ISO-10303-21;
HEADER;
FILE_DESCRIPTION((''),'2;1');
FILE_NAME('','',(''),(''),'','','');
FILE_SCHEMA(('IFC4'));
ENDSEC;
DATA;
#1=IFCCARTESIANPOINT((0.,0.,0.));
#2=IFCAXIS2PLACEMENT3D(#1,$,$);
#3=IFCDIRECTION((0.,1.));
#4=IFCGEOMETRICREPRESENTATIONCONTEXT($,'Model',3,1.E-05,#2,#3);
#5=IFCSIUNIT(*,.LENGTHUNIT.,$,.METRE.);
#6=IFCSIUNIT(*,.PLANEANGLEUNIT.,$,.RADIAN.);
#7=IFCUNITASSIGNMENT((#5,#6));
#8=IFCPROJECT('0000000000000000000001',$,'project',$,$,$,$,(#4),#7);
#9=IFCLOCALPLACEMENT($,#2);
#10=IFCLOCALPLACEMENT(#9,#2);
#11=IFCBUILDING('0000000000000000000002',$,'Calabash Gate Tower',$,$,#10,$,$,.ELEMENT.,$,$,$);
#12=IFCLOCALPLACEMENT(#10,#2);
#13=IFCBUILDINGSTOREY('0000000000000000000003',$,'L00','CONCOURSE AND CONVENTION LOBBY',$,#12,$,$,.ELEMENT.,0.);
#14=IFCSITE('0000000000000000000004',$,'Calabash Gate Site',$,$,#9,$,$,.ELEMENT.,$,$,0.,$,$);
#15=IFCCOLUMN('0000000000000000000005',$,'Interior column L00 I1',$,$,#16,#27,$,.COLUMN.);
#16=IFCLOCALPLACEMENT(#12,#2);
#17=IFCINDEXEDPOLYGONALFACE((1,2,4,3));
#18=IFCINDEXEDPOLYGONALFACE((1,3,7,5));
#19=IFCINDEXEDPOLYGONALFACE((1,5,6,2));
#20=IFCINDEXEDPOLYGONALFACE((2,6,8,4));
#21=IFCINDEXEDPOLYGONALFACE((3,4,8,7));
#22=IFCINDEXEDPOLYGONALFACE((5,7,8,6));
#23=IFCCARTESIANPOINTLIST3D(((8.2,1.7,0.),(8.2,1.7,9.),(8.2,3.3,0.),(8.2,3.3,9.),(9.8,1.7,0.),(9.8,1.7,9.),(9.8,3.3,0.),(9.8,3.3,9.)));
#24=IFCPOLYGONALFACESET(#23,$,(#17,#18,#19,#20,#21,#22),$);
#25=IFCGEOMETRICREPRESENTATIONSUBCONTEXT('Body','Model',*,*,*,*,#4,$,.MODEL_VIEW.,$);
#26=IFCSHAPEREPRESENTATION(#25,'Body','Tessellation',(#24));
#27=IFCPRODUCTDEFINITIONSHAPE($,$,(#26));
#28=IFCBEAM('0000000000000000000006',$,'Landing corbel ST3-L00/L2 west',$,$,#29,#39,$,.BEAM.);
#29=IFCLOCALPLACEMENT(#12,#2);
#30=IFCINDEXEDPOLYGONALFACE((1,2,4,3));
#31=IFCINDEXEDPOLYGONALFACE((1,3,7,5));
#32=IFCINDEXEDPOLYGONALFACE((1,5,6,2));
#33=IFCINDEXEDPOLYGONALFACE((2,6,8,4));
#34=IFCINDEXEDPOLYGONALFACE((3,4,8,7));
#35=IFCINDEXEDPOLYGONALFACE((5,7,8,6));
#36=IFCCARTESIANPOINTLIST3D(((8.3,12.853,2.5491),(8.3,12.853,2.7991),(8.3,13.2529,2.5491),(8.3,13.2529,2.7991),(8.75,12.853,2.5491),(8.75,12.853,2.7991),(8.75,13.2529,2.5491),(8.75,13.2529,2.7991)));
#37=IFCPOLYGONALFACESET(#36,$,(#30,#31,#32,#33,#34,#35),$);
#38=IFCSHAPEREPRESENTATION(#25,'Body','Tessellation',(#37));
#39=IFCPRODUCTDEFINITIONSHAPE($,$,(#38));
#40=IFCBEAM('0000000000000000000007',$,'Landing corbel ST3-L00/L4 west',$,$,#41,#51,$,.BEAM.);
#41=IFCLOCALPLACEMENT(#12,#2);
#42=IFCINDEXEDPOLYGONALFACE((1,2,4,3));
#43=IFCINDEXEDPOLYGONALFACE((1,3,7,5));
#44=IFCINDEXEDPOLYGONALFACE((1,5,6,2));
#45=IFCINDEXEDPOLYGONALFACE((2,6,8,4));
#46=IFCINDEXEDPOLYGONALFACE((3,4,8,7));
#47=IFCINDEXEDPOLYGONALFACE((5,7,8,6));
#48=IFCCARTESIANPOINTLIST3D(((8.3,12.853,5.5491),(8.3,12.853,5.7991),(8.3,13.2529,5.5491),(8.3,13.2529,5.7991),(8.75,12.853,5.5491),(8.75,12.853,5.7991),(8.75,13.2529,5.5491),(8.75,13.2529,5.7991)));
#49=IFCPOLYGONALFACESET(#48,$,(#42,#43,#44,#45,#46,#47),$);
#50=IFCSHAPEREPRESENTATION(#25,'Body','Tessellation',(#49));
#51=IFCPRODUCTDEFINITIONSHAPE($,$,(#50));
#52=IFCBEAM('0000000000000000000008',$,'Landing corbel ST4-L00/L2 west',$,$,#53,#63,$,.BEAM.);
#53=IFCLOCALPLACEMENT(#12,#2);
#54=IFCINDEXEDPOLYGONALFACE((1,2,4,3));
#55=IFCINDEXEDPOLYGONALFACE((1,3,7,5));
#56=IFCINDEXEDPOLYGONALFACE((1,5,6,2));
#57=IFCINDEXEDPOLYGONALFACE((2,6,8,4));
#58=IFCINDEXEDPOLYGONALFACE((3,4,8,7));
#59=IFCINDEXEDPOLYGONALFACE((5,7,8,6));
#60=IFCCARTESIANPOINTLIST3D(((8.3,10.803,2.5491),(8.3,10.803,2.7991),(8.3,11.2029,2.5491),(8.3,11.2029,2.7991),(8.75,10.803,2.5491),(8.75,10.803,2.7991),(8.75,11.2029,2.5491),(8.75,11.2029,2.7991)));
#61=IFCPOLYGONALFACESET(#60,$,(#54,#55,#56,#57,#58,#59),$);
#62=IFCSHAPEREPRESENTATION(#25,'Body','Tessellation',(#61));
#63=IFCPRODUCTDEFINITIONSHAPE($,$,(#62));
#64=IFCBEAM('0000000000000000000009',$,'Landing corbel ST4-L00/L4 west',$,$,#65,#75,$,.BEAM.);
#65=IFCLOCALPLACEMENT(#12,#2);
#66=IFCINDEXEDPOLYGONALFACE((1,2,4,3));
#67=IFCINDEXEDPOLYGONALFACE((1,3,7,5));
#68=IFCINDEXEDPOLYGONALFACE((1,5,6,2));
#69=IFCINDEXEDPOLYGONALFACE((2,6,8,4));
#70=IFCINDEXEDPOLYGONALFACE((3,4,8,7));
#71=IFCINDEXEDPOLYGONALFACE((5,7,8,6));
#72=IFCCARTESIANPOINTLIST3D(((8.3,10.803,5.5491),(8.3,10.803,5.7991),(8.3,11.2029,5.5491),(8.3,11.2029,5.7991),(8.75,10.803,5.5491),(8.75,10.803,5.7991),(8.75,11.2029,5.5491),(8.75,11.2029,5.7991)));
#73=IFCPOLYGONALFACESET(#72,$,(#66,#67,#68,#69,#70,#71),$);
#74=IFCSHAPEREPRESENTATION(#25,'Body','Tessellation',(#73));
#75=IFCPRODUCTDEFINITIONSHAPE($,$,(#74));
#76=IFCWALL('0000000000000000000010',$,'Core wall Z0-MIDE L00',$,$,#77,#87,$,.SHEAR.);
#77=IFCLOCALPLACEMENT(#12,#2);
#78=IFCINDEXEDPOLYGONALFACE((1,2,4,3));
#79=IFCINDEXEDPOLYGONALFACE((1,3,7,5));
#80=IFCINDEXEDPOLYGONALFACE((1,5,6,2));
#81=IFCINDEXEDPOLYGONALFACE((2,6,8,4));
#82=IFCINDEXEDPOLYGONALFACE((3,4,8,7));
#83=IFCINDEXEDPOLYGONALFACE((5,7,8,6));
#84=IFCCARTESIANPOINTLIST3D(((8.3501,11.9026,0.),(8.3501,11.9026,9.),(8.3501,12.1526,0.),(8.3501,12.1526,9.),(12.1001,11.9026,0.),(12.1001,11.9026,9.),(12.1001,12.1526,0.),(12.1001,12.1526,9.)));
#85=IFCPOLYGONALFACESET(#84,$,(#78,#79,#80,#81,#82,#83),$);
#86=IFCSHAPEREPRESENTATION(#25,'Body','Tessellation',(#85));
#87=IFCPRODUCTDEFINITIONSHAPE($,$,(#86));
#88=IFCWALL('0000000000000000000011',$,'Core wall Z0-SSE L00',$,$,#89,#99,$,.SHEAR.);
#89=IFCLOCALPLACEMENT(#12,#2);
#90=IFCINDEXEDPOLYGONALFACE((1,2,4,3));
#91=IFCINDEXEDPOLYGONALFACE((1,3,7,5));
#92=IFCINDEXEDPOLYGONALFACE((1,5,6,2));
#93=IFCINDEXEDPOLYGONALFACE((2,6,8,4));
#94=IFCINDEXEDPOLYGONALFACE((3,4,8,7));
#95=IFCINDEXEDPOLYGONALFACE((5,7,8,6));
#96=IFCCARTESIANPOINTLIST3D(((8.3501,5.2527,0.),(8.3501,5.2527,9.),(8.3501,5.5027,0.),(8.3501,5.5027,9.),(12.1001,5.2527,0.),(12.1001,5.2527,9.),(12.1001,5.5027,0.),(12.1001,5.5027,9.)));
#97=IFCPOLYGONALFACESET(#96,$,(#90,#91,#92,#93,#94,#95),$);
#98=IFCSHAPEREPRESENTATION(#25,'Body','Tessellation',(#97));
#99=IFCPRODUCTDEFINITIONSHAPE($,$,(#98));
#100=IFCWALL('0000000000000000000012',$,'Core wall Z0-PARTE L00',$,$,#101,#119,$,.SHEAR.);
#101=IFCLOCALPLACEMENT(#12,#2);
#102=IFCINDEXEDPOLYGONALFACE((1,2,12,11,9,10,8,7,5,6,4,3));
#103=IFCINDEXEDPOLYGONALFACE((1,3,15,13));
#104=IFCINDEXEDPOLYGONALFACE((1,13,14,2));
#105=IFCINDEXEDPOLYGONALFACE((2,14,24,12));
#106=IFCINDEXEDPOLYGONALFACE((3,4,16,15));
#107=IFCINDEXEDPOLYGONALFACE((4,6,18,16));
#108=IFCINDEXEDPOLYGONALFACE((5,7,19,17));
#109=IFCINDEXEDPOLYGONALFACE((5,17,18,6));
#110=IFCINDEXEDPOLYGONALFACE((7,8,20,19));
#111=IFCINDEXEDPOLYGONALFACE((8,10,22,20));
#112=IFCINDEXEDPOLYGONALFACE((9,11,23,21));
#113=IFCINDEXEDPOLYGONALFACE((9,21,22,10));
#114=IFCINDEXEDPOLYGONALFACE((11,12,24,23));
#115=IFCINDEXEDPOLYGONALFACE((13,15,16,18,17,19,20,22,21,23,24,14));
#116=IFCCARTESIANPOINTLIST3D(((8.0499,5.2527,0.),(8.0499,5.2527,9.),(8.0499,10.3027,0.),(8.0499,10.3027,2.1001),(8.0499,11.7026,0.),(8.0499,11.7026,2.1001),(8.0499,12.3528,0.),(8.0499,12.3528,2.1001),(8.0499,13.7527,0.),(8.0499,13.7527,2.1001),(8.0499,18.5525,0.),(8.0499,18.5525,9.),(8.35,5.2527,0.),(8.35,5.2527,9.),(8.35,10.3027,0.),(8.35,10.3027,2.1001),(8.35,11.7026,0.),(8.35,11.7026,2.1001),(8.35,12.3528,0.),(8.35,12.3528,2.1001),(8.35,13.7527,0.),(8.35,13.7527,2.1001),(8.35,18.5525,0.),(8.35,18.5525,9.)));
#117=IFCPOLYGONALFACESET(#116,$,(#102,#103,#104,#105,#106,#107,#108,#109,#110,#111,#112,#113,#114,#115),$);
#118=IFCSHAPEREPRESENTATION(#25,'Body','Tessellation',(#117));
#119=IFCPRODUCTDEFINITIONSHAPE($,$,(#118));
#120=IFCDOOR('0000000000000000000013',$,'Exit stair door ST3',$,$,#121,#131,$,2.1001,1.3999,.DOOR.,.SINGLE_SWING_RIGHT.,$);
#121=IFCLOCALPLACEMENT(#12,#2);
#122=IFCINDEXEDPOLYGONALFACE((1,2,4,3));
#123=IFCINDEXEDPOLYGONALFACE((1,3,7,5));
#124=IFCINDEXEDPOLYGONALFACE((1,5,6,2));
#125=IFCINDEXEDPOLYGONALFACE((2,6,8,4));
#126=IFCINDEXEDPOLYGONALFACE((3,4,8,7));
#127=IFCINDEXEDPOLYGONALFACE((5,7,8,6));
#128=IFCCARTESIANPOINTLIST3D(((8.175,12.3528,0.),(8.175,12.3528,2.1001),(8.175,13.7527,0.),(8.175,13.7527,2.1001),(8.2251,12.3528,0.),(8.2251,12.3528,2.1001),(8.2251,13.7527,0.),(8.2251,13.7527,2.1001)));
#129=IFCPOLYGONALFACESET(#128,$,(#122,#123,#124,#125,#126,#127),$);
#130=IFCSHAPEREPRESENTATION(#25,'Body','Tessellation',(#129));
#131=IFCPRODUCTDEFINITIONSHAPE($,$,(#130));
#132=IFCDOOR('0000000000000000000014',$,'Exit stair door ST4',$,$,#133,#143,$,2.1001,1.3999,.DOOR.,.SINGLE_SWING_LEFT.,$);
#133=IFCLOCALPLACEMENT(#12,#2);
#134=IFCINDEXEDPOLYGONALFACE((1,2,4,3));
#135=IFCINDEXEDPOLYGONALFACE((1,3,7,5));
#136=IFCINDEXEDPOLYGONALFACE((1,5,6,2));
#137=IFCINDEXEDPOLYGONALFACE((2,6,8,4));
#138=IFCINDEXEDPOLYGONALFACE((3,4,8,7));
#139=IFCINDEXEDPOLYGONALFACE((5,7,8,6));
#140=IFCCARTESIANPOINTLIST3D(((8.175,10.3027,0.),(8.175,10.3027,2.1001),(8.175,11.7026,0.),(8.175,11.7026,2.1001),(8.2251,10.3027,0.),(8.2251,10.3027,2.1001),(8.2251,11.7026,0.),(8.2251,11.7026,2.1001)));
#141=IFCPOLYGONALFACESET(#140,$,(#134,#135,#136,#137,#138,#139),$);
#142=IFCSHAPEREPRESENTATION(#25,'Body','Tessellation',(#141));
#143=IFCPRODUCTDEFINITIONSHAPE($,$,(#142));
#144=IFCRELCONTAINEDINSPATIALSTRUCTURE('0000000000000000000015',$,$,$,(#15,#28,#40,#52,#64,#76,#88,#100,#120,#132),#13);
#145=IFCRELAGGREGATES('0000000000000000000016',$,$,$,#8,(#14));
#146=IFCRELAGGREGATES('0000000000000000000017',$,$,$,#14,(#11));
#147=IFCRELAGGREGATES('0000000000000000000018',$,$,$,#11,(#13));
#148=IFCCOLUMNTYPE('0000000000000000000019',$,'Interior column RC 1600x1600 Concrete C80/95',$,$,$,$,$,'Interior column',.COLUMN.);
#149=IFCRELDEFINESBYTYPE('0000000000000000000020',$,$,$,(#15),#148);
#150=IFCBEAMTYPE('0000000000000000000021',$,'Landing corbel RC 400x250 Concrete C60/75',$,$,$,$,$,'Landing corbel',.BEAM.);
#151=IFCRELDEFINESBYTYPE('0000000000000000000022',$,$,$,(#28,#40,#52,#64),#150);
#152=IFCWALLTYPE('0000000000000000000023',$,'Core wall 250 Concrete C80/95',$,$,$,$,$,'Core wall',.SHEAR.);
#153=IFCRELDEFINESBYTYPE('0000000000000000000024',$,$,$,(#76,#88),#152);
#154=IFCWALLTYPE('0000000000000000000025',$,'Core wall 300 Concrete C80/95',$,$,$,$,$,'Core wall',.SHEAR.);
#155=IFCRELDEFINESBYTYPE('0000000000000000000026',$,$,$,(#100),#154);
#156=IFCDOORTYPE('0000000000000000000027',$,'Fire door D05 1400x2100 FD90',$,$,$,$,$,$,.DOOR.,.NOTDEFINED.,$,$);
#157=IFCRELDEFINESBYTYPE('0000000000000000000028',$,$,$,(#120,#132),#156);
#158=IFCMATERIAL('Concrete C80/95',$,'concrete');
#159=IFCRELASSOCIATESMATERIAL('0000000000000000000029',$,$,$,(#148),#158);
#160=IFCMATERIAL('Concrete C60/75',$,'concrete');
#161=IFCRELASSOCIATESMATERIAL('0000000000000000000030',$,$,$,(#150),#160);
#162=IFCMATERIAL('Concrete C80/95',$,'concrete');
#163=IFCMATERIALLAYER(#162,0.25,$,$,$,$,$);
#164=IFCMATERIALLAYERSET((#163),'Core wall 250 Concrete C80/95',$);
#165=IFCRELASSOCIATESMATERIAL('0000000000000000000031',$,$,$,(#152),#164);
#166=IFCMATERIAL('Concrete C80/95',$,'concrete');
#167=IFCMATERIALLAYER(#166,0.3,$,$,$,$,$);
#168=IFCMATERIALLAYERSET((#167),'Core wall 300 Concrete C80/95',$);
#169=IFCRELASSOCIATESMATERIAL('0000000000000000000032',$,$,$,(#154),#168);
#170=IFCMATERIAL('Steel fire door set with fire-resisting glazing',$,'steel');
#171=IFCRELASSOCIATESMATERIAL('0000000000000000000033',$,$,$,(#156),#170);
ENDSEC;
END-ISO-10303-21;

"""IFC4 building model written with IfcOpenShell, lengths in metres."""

from ifc_helpers import new_model, si_unit, direction, frame, frame_2d, origin, origin_2d, place, context, subcontext, project, spatial, rectangle, extrude, material, layer, layer_set, material_profile, profile_set, type_object, element, fill, save


model = new_model("IFC4")

# Units and contexts
model_context = context("Model", 3, precision=1e-05, world=origin(), true_north=direction((0.0, 1.0)))
body_context = subcontext(model_context, "Body", "Model", "MODEL_VIEW")
ifc_project = project(units=[si_unit("LENGTHUNIT", "METRE"), si_unit("PLANEANGLEUNIT", "RADIAN")], contexts=[model_context])

# Site, building, storey
site_placement = place(None, origin())
site = spatial("IfcSite", under=ifc_project, at=site_placement, Name="Calabash Gate Site", CompositionType="ELEMENT", RefElevation=0.0)
building_placement = place(site_placement, origin())
building = spatial("IfcBuilding", under=site, at=building_placement, Name="Calabash Gate Tower", CompositionType="ELEMENT")
storey_placement = place(building_placement, origin())
storey = spatial("IfcBuildingStorey", under=building, at=storey_placement, Name="L00", Description="CONCOURSE AND CONVENTION LOBBY", CompositionType="ELEMENT", Elevation=0.0)

# Column
ifc_material_1 = material(Name="Concrete C80/95", Category="concrete")
ifc_material_profile_1 = material_profile(ifc_material_1, rectangle(XDim=1.6001, YDim=1.6001, at=origin_2d()))
ifc_profile_set_1 = profile_set([ifc_material_profile_1], Name="Concrete C80/95")
column_type = type_object("IfcColumnType", Name="Interior column RC 1600x1600 Concrete C80/95", ElementType="Interior column", PredefinedType="COLUMN", material=ifc_profile_set_1)
column_placement = place(storey_placement, frame((9.0, 2.5, 0.0), z_axis=(0.0, 0.0, 1.0), x_axis=(1.0, 0.0, 0.0)))
element("IfcColumn", 1, at=column_placement, inside=storey, type_object=column_type, Name="Interior column L00 I1", PredefinedType="COLUMN", context=body_context, shape_type="SweptSolid", body=[
    extrude(rectangle(XDim=1.6001, YDim=1.6001, at=origin_2d()), origin(), (0.0, 0.0, 1.0), 9.0),
])

# Beams
ifc_material_2 = material(Name="Concrete C60/75", Category="concrete")
ifc_material_profile_2 = material_profile(ifc_material_2, rectangle(XDim=0.3999, YDim=0.25, at=origin_2d()))
ifc_profile_set_2 = profile_set([ifc_material_profile_2], Name="Concrete C60/75")
beam_type = type_object("IfcBeamType", Name="Landing corbel RC 400x250 Concrete C60/75", ElementType="Landing corbel", PredefinedType="BEAM", material=ifc_profile_set_2)
for number, where, z_axis, x_axis, name in (
    (2, (8.3, 13.053, 2.6741), (1.0, 0.0, 0.0), (0.0, 1.0, 0.0), "Landing corbel ST3-L00/L2 west"),
    (3, (8.3, 13.053, 5.6741), (1.0, 0.0, 0.0), (0.0, 1.0, 0.0), "Landing corbel ST3-L00/L4 west"),
    (4, (8.3, 11.0029, 2.6741), (1.0, 0.0, 0.0), (0.0, 1.0, 0.0), "Landing corbel ST4-L00/L2 west"),
    (5, (8.3, 11.0029, 5.6741), (1.0, 0.0, 0.0), (0.0, 1.0, 0.0), "Landing corbel ST4-L00/L4 west"),
):
    element("IfcBeam", number, at=place(storey_placement, frame(where, z_axis=z_axis, x_axis=x_axis)), inside=storey, type_object=beam_type, Name=name, PredefinedType="BEAM", context=body_context, shape_type="SweptSolid", body=[
        extrude(rectangle(XDim=0.3999, YDim=0.25, at=origin_2d()), origin(), (0.0, 0.0, 1.0), 0.45),
    ])

# Walls
ifc_material_3 = material(Name="Concrete C80/95", Category="concrete")
ifc_layer_1 = layer(ifc_material_3, 0.25)
ifc_layer_set_1 = layer_set([ifc_layer_1], Name="Core wall 250 Concrete C80/95")
wall_type_1 = type_object("IfcWallType", Name="Core wall 250 Concrete C80/95", ElementType="Core wall", PredefinedType="SHEAR", material=ifc_layer_set_1)
for number, where, z_axis, x_axis, name in (
    (6, (8.3501, 12.0276, 0.0), (0.0, 0.0, 1.0), (1.0, 0.0, 0.0), "Core wall Z0-MIDE L00"),
    (7, (8.3501, 5.3777, 0.0), (0.0, 0.0, 1.0), (1.0, 0.0, 0.0), "Core wall Z0-SSE L00"),
):
    element("IfcWall", number, at=place(storey_placement, frame(where, z_axis=z_axis, x_axis=x_axis)), inside=storey, type_object=wall_type_1, Name=name, PredefinedType="SHEAR", context=body_context, shape_type="SweptSolid", body=[
        extrude(rectangle(XDim=3.75, YDim=0.25, at=frame_2d((1.875, 0.0))), origin(), (0.0, 0.0, 1.0), 9.0),
    ])

# Wall, openings, doors
ifc_material_4 = material(Name="Concrete C80/95", Category="concrete")
ifc_layer_2 = layer(ifc_material_4, 0.3)
ifc_layer_set_2 = layer_set([ifc_layer_2], Name="Core wall 300 Concrete C80/95")
wall_type_2 = type_object("IfcWallType", Name="Core wall 300 Concrete C80/95", ElementType="Core wall", PredefinedType="SHEAR", material=ifc_layer_set_2)
wall_1_placement = place(storey_placement, frame((8.2, 5.2527, 0.0), z_axis=(0.0, 0.0, 1.0), x_axis=(0.0, 1.0, 0.0)))
wall_1 = element("IfcWall", 8, at=wall_1_placement, inside=storey, type_object=wall_type_2, Name="Core wall Z0-PARTE L00", PredefinedType="SHEAR", context=body_context, shape_type="SweptSolid", body=[
    extrude(rectangle(XDim=13.2998, YDim=0.3, at=frame_2d((6.6499, 0.0))), origin(), (0.0, 0.0, 1.0), 9.0),
])
opening_1_placement = place(wall_1_placement, frame((7.1001, 0.0, 0.0)))
opening_1 = element("IfcOpeningElement", 9, at=opening_1_placement, cuts=wall_1, PredefinedType="OPENING", context=body_context, shape_type="SweptSolid", body=[
    extrude(rectangle(XDim=1.3999, YDim=2.1001, at=frame_2d((0.7, 1.05))), frame((0.0, 0.1599, 0.0), z_axis=(0.0, -1.0, 0.0), x_axis=(1.0, 0.0, 0.0)), (0.0, 0.0, 1.0), 0.3201),
])
opening_2_placement = place(wall_1_placement, frame((5.05, 0.0, 0.0)))
opening_2 = element("IfcOpeningElement", 10, at=opening_2_placement, cuts=wall_1, PredefinedType="OPENING", context=body_context, shape_type="SweptSolid", body=[
    extrude(rectangle(XDim=1.3999, YDim=2.1001, at=frame_2d((0.7, 1.05))), frame((0.0, 0.1599, 0.0), z_axis=(0.0, -1.0, 0.0), x_axis=(1.0, 0.0, 0.0)), (0.0, 0.0, 1.0), 0.3201),
])
ifc_material_5 = material(Name="Steel fire door set with fire-resisting glazing", Category="steel")
door_type_1 = type_object("IfcDoorType", Name="Fire door D05 1400x2100 FD90", OperationType="NOTDEFINED", PredefinedType="DOOR", material=ifc_material_5)
door_1_placement = place(opening_1_placement, origin())
door_1 = element("IfcDoor", 11, at=door_1_placement, inside=storey, type_object=door_type_1, Name="Exit stair door ST3", OperationType="SINGLE_SWING_RIGHT", OverallHeight=2.1001, OverallWidth=1.3999, PredefinedType="DOOR", context=body_context, shape_type="SweptSolid", body=[
    extrude(rectangle(XDim=1.3999, YDim=2.1001, at=frame_2d((0.7, 1.05))), frame((0.0, 0.0249, 0.0), z_axis=(0.0, -1.0, 0.0), x_axis=(1.0, 0.0, 0.0)), (0.0, 0.0, 1.0), 0.05),
])
fill(opening_1, door_1)
door_2_placement = place(opening_2_placement, origin())
door_2 = element("IfcDoor", 12, at=door_2_placement, inside=storey, type_object=door_type_1, Name="Exit stair door ST4", OperationType="SINGLE_SWING_LEFT", OverallHeight=2.1001, OverallWidth=1.3999, PredefinedType="DOOR", context=body_context, shape_type="SweptSolid", body=[
    extrude(rectangle(XDim=1.3999, YDim=2.1001, at=frame_2d((0.7, 1.05))), frame((0.0, 0.0249, 0.0), z_axis=(0.0, -1.0, 0.0), x_axis=(1.0, 0.0, 0.0)), (0.0, 0.0, 1.0), 0.05),
])
fill(opening_2, door_2)

save(model, "model.ifc")
